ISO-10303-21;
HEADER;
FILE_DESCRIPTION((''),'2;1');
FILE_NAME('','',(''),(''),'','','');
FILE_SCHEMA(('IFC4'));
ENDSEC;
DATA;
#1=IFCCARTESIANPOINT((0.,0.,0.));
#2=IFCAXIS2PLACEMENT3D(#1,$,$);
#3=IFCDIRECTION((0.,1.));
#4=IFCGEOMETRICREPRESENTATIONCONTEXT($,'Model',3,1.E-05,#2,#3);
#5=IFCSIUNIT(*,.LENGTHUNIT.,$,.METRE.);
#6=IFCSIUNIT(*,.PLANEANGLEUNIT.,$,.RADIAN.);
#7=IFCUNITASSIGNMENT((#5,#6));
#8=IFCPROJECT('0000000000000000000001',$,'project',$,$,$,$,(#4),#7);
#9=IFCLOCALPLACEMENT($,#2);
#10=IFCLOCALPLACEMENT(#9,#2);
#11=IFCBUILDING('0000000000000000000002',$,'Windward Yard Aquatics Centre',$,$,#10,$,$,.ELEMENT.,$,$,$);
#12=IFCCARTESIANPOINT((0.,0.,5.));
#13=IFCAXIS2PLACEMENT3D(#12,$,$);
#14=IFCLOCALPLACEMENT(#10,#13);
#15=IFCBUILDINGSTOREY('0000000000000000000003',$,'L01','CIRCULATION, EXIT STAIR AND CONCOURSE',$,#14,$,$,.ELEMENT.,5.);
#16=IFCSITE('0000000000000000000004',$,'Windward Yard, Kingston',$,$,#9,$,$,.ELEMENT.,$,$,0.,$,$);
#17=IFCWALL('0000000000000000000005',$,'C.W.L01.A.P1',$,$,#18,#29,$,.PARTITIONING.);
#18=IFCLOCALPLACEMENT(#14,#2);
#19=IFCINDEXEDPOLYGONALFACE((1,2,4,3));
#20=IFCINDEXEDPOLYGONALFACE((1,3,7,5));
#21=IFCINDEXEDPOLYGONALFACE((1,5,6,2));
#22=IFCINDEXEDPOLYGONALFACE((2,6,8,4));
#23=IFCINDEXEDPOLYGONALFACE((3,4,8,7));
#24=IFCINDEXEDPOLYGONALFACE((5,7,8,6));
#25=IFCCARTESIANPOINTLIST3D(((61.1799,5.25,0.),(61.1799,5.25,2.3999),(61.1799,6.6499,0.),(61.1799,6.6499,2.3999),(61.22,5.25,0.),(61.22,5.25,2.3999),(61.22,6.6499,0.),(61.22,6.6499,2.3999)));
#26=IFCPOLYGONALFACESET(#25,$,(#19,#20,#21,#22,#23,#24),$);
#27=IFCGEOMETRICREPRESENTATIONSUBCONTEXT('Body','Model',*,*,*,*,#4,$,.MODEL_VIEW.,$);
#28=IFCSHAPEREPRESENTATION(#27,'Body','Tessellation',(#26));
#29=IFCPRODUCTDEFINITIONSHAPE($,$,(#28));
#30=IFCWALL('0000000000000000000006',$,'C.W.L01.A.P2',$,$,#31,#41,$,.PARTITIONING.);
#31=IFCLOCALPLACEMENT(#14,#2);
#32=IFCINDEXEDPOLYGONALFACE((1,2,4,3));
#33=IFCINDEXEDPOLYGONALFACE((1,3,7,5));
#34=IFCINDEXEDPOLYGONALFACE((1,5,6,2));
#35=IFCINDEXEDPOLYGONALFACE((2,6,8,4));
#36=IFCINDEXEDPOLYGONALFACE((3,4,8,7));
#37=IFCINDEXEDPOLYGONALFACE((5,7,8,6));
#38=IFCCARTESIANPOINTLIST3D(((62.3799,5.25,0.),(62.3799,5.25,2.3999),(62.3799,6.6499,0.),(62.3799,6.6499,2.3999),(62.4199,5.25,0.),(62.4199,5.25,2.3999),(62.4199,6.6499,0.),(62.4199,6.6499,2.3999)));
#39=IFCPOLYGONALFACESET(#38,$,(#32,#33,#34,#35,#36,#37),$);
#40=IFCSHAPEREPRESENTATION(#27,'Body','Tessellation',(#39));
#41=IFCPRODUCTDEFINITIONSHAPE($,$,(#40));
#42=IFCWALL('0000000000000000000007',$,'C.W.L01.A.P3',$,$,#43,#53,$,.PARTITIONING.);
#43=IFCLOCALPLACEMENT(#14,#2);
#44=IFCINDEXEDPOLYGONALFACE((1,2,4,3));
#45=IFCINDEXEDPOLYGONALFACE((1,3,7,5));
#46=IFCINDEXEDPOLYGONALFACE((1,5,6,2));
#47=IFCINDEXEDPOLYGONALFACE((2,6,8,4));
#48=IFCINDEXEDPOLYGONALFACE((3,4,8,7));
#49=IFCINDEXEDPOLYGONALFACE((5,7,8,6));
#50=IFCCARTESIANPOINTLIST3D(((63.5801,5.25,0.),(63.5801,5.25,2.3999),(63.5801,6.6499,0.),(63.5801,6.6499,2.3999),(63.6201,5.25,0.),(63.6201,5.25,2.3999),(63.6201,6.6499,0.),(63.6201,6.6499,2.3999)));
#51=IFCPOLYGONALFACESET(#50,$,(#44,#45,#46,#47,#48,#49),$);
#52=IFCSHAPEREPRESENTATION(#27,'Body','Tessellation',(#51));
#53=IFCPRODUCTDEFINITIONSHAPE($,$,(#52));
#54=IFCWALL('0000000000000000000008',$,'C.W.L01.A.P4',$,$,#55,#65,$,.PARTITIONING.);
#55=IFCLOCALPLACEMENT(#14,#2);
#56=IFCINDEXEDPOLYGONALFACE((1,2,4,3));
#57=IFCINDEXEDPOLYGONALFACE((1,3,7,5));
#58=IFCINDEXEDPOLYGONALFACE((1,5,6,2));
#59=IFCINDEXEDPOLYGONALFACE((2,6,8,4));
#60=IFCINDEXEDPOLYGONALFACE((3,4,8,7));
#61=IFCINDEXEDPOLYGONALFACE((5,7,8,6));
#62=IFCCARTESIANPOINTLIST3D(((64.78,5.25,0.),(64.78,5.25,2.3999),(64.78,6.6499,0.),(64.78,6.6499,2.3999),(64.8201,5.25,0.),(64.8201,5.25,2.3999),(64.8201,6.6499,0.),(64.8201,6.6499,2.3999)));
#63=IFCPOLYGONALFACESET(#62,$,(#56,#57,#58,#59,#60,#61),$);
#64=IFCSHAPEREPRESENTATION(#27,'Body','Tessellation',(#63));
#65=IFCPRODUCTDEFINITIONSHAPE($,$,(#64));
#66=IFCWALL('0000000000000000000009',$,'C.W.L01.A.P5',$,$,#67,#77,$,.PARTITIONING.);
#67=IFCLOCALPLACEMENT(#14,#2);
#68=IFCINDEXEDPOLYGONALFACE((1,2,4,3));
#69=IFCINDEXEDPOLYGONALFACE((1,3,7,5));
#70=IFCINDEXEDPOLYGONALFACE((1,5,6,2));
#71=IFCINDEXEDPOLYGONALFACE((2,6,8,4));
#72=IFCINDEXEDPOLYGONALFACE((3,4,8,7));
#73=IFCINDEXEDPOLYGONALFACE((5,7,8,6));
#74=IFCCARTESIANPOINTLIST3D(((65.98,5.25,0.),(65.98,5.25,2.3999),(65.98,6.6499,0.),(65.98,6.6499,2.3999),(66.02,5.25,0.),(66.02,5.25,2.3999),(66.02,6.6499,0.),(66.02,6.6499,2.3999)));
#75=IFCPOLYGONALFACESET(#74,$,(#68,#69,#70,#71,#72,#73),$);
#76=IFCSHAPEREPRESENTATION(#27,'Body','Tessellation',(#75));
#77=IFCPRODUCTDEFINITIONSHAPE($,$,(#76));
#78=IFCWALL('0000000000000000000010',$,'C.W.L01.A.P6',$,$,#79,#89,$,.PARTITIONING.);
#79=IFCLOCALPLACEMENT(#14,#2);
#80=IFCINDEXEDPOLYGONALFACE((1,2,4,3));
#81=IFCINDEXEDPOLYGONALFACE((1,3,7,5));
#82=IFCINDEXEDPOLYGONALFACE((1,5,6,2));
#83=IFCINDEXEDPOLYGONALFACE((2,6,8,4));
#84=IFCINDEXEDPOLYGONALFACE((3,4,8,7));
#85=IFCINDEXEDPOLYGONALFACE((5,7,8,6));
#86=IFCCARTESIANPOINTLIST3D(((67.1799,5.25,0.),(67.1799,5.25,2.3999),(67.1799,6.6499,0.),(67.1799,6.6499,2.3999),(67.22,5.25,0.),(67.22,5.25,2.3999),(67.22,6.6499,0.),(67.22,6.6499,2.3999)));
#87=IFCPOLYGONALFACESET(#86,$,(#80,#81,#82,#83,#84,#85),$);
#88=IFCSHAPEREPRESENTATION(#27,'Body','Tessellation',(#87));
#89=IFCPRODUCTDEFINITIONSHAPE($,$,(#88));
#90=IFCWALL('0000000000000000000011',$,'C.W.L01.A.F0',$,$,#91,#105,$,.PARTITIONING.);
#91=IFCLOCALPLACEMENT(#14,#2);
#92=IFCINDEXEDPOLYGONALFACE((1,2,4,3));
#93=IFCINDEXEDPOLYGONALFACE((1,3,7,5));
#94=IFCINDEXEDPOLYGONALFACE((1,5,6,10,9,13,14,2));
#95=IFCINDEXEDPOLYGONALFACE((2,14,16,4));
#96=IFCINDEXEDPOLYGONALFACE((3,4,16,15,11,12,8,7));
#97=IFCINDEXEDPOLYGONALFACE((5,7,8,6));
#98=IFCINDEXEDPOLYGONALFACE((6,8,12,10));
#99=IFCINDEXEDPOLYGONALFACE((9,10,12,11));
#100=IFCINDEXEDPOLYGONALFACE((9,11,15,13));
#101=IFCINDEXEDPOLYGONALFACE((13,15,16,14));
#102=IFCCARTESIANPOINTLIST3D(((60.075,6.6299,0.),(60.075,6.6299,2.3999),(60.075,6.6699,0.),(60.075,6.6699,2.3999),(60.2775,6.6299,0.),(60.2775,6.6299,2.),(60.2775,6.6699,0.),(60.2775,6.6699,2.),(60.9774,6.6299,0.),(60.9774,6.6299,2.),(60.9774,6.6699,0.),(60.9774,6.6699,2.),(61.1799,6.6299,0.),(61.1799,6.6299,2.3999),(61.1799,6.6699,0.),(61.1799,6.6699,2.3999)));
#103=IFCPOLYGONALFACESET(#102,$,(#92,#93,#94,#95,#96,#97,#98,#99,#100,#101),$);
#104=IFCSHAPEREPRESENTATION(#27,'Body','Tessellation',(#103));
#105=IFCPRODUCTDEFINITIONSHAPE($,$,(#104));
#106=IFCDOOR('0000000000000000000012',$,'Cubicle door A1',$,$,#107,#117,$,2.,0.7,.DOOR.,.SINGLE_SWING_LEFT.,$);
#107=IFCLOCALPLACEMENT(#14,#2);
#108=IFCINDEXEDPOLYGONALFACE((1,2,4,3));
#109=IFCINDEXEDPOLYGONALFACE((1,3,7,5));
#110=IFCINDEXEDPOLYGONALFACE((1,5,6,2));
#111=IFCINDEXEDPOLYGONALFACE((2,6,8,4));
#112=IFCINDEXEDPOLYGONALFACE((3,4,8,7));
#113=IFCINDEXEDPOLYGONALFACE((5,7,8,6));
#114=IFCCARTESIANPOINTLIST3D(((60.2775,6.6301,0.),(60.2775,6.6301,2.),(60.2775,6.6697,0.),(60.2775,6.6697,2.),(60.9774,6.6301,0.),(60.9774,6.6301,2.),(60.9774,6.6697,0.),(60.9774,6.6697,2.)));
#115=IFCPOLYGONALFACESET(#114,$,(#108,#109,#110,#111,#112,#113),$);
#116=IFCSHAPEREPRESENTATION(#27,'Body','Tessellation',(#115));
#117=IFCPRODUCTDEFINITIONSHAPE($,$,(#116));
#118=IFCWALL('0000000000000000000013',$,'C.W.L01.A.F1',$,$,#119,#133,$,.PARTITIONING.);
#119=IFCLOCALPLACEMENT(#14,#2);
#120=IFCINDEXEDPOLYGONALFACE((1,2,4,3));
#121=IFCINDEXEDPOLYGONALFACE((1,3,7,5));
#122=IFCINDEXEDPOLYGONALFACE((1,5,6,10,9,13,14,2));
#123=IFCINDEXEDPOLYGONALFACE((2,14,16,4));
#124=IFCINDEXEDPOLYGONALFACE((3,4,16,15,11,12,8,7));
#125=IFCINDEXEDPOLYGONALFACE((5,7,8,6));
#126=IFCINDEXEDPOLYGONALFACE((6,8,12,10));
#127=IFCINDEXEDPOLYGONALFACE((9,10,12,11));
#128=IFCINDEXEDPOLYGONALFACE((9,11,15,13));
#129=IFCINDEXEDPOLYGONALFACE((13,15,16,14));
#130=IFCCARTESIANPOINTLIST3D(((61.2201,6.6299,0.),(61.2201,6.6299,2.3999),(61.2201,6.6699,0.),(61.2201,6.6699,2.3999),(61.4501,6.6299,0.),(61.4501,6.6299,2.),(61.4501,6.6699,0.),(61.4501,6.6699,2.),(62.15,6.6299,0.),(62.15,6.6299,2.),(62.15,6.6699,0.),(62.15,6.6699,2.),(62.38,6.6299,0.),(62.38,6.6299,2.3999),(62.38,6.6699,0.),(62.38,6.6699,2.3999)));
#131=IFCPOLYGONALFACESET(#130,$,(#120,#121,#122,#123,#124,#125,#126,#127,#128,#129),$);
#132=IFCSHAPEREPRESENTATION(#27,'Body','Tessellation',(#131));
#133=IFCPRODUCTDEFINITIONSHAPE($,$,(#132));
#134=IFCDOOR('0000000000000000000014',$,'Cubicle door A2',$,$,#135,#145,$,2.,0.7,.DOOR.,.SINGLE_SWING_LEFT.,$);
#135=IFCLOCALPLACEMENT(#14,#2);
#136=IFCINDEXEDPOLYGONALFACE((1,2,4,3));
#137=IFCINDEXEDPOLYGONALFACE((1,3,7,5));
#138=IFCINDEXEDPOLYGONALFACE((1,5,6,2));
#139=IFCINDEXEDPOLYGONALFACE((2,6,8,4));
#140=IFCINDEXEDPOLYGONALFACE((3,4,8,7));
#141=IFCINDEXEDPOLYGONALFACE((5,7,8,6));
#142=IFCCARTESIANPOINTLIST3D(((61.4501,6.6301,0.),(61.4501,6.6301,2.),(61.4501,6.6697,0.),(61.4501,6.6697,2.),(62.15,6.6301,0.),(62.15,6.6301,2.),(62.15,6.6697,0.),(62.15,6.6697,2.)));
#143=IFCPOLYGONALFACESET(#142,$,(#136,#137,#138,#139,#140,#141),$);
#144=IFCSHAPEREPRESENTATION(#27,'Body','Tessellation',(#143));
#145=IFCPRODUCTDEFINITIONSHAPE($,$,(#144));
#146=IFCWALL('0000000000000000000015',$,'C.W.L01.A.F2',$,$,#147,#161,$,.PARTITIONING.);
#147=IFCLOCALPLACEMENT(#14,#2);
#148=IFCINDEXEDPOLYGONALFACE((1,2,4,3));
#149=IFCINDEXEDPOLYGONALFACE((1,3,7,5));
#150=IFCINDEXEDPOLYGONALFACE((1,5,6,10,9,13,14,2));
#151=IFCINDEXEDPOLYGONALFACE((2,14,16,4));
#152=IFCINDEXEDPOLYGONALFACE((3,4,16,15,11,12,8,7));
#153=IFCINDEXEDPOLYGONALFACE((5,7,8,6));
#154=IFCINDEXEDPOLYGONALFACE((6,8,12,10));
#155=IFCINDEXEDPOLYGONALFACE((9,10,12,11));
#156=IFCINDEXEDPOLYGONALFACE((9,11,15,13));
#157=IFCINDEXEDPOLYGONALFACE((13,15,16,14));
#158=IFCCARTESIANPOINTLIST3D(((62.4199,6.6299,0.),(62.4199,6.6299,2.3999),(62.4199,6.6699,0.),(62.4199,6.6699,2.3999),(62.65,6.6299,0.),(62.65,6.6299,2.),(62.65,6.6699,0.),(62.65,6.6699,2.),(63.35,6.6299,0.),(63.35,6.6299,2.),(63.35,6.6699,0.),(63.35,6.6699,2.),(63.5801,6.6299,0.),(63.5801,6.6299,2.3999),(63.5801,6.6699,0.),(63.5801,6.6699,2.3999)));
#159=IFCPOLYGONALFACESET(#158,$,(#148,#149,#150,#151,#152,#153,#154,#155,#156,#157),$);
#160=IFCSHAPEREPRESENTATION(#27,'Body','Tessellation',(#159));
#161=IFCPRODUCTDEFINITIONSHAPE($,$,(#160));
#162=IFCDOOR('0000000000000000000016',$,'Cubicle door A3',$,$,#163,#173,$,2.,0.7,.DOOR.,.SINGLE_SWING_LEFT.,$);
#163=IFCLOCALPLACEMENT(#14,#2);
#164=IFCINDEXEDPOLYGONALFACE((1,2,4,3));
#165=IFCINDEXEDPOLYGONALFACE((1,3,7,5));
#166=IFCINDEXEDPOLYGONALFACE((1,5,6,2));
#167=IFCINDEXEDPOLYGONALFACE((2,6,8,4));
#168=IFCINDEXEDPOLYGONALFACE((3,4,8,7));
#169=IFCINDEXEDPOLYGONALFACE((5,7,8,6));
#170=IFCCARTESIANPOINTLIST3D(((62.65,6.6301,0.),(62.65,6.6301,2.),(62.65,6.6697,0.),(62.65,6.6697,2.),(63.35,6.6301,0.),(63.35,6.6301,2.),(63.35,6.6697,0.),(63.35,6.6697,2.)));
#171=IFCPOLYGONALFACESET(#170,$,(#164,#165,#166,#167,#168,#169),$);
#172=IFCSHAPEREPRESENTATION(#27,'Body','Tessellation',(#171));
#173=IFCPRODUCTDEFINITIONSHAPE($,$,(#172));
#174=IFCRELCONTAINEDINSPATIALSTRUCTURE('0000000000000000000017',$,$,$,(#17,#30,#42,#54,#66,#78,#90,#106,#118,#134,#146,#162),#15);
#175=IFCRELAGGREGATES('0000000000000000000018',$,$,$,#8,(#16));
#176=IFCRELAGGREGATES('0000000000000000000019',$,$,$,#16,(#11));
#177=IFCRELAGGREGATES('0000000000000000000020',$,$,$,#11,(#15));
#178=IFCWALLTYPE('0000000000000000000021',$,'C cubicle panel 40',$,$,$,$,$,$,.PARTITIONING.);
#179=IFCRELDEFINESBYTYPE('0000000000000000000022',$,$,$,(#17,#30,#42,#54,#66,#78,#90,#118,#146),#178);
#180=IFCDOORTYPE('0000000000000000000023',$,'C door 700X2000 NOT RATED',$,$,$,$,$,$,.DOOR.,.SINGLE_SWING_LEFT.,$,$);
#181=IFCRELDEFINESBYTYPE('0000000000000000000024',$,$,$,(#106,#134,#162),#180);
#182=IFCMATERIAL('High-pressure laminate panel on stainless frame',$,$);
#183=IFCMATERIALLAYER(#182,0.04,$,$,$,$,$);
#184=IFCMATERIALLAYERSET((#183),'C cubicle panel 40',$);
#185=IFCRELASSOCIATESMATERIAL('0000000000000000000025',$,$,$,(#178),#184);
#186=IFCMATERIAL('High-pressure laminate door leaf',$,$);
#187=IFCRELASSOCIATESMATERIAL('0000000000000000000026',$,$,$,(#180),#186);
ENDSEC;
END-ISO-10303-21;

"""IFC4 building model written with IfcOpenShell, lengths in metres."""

from ifc_helpers import new_model, si_unit, direction, frame, frame_2d, origin, place, context, subcontext, project, spatial, rectangle, extrude, material, layer, layer_set, type_object, element, fill, save


model = new_model("IFC4")

# Units and contexts
model_context = context("Model", 3, precision=1e-05, world=origin(), true_north=direction((0.0, 1.0)))
body_context = subcontext(model_context, "Body", "Model", "MODEL_VIEW")
ifc_project = project(units=[si_unit("LENGTHUNIT", "METRE"), si_unit("PLANEANGLEUNIT", "RADIAN")], contexts=[model_context])

# Site, building, storey
site_placement = place(None, origin())
site = spatial("IfcSite", under=ifc_project, at=site_placement, Name="Windward Yard, Kingston", CompositionType="ELEMENT", RefElevation=0.0)
building_placement = place(site_placement, origin())
building = spatial("IfcBuilding", under=site, at=building_placement, Name="Windward Yard Aquatics Centre", CompositionType="ELEMENT")
storey_placement = place(building_placement, frame((0.0, 0.0, 5.0)))
storey = spatial("IfcBuildingStorey", under=building, at=storey_placement, Name="L01", Description="CIRCULATION, EXIT STAIR AND CONCOURSE", CompositionType="ELEMENT", Elevation=5.0)

# Walls
ifc_material_1 = material(Name="High-pressure laminate panel on stainless frame")
ifc_layer_1 = layer(ifc_material_1, 0.04)
ifc_layer_set_1 = layer_set([ifc_layer_1], Name="C cubicle panel 40")
wall_type_1 = type_object("IfcWallType", Name="C cubicle panel 40", PredefinedType="PARTITIONING", material=ifc_layer_set_1)
for number, where, z_axis, x_axis, name in (
    (1, (61.2, 5.25, 0.0), (0.0, 0.0, 1.0), (0.0, 1.0, 0.0), "C.W.L01.A.P1"),
    (2, (62.3999, 5.25, 0.0), (0.0, 0.0, 1.0), (0.0, 1.0, 0.0), "C.W.L01.A.P2"),
    (3, (63.6001, 5.25, 0.0), (0.0, 0.0, 1.0), (0.0, 1.0, 0.0), "C.W.L01.A.P3"),
    (4, (64.8, 5.25, 0.0), (0.0, 0.0, 1.0), (0.0, 1.0, 0.0), "C.W.L01.A.P4"),
    (5, (66.0, 5.25, 0.0), (0.0, 0.0, 1.0), (0.0, 1.0, 0.0), "C.W.L01.A.P5"),
    (6, (67.2, 5.25, 0.0), (0.0, 0.0, 1.0), (0.0, 1.0, 0.0), "C.W.L01.A.P6"),
):
    element("IfcWall", number, at=place(storey_placement, frame(where, z_axis=z_axis, x_axis=x_axis)), inside=storey, type_object=wall_type_1, Name=name, PredefinedType="PARTITIONING", context=body_context, shape_type="SweptSolid", body=[
        extrude(rectangle(XDim=1.3999, YDim=0.04, at=frame_2d((0.7, 0.0))), origin(), (0.0, 0.0, 1.0), 2.3999),
    ])

# Walls, openings, doors
wall_1_placement = place(storey_placement, frame((60.075, 6.6499, 0.0), z_axis=(0.0, 0.0, 1.0), x_axis=(1.0, 0.0, 0.0)))
wall_1 = element("IfcWall", 7, at=wall_1_placement, inside=storey, type_object=wall_type_1, Name="C.W.L01.A.F0", PredefinedType="PARTITIONING", context=body_context, shape_type="SweptSolid", body=[
    extrude(rectangle(XDim=1.105, YDim=0.04, at=frame_2d((0.5525, 0.0))), origin(), (0.0, 0.0, 1.0), 2.3999),
])
opening_1_placement = place(wall_1_placement, frame((0.2024, 0.0, 0.0)))
opening_1 = element("IfcOpeningElement", 8, at=opening_1_placement, cuts=wall_1, PredefinedType="OPENING", context=body_context, shape_type="SweptSolid", body=[
    extrude(rectangle(XDim=0.7, YDim=2.0, at=frame_2d((0.3501, 1.0))), frame((0.0, 0.03, 0.0), z_axis=(0.0, -1.0, 0.0), x_axis=(1.0, 0.0, 0.0)), (0.0, 0.0, 1.0), 0.0601),
])
ifc_material_2 = material(Name="High-pressure laminate door leaf")
door_type = type_object("IfcDoorType", Name="C door 700X2000 NOT RATED", OperationType="SINGLE_SWING_LEFT", PredefinedType="DOOR", material=ifc_material_2)
door_1_placement = place(opening_1_placement, origin())
door_1 = element("IfcDoor", 9, at=door_1_placement, inside=storey, type_object=door_type, Name="Cubicle door A1", OperationType="SINGLE_SWING_LEFT", OverallHeight=2.0, OverallWidth=0.7, PredefinedType="DOOR", context=body_context, shape_type="SweptSolid", body=[
    extrude(rectangle(XDim=0.7, YDim=2.0, at=frame_2d((0.3501, 1.0))), frame((0.0, 0.0198, 0.0), z_axis=(0.0, -1.0, 0.0), x_axis=(1.0, 0.0, 0.0)), (0.0, 0.0, 1.0), 0.0396),
])
fill(opening_1, door_1)
wall_2_placement = place(storey_placement, frame((61.22, 6.6499, 0.0), z_axis=(0.0, 0.0, 1.0), x_axis=(1.0, 0.0, 0.0)))
wall_2 = element("IfcWall", 10, at=wall_2_placement, inside=storey, type_object=wall_type_1, Name="C.W.L01.A.F1", PredefinedType="PARTITIONING", context=body_context, shape_type="SweptSolid", body=[
    extrude(rectangle(XDim=1.1599, YDim=0.04, at=frame_2d((0.5801, 0.0))), origin(), (0.0, 0.0, 1.0), 2.3999),
])
opening_2_placement = place(wall_2_placement, frame((0.23, 0.0, 0.0)))
opening_2 = element("IfcOpeningElement", 11, at=opening_2_placement, cuts=wall_2, PredefinedType="OPENING", context=body_context, shape_type="SweptSolid", body=[
    extrude(rectangle(XDim=0.7, YDim=2.0, at=frame_2d((0.3501, 1.0))), frame((0.0, 0.03, 0.0), z_axis=(0.0, -1.0, 0.0), x_axis=(1.0, 0.0, 0.0)), (0.0, 0.0, 1.0), 0.0601),
])
door_2_placement = place(opening_2_placement, origin())
door_2 = element("IfcDoor", 12, at=door_2_placement, inside=storey, type_object=door_type, Name="Cubicle door A2", OperationType="SINGLE_SWING_LEFT", OverallHeight=2.0, OverallWidth=0.7, PredefinedType="DOOR", context=body_context, shape_type="SweptSolid", body=[
    extrude(rectangle(XDim=0.7, YDim=2.0, at=frame_2d((0.3501, 1.0))), frame((0.0, 0.0198, 0.0), z_axis=(0.0, -1.0, 0.0), x_axis=(1.0, 0.0, 0.0)), (0.0, 0.0, 1.0), 0.0396),
])
fill(opening_2, door_2)
wall_3_placement = place(storey_placement, frame((62.4199, 6.6499, 0.0), z_axis=(0.0, 0.0, 1.0), x_axis=(1.0, 0.0, 0.0)))
wall_3 = element("IfcWall", 13, at=wall_3_placement, inside=storey, type_object=wall_type_1, Name="C.W.L01.A.F2", PredefinedType="PARTITIONING", context=body_context, shape_type="SweptSolid", body=[
    extrude(rectangle(XDim=1.1602, YDim=0.04, at=frame_2d((0.5801, 0.0))), origin(), (0.0, 0.0, 1.0), 2.3999),
])
opening_3_placement = place(wall_3_placement, frame((0.23, 0.0, 0.0)))
opening_3 = element("IfcOpeningElement", 14, at=opening_3_placement, cuts=wall_3, PredefinedType="OPENING", context=body_context, shape_type="SweptSolid", body=[
    extrude(rectangle(XDim=0.7, YDim=2.0, at=frame_2d((0.3501, 1.0))), frame((0.0, 0.03, 0.0), z_axis=(0.0, -1.0, 0.0), x_axis=(1.0, 0.0, 0.0)), (0.0, 0.0, 1.0), 0.0601),
])
door_3_placement = place(opening_3_placement, origin())
door_3 = element("IfcDoor", 15, at=door_3_placement, inside=storey, type_object=door_type, Name="Cubicle door A3", OperationType="SINGLE_SWING_LEFT", OverallHeight=2.0, OverallWidth=0.7, PredefinedType="DOOR", context=body_context, shape_type="SweptSolid", body=[
    extrude(rectangle(XDim=0.7, YDim=2.0, at=frame_2d((0.3501, 1.0))), frame((0.0, 0.0198, 0.0), z_axis=(0.0, -1.0, 0.0), x_axis=(1.0, 0.0, 0.0)), (0.0, 0.0, 1.0), 0.0396),
])
fill(opening_3, door_3)

save(model, "model.ifc")
